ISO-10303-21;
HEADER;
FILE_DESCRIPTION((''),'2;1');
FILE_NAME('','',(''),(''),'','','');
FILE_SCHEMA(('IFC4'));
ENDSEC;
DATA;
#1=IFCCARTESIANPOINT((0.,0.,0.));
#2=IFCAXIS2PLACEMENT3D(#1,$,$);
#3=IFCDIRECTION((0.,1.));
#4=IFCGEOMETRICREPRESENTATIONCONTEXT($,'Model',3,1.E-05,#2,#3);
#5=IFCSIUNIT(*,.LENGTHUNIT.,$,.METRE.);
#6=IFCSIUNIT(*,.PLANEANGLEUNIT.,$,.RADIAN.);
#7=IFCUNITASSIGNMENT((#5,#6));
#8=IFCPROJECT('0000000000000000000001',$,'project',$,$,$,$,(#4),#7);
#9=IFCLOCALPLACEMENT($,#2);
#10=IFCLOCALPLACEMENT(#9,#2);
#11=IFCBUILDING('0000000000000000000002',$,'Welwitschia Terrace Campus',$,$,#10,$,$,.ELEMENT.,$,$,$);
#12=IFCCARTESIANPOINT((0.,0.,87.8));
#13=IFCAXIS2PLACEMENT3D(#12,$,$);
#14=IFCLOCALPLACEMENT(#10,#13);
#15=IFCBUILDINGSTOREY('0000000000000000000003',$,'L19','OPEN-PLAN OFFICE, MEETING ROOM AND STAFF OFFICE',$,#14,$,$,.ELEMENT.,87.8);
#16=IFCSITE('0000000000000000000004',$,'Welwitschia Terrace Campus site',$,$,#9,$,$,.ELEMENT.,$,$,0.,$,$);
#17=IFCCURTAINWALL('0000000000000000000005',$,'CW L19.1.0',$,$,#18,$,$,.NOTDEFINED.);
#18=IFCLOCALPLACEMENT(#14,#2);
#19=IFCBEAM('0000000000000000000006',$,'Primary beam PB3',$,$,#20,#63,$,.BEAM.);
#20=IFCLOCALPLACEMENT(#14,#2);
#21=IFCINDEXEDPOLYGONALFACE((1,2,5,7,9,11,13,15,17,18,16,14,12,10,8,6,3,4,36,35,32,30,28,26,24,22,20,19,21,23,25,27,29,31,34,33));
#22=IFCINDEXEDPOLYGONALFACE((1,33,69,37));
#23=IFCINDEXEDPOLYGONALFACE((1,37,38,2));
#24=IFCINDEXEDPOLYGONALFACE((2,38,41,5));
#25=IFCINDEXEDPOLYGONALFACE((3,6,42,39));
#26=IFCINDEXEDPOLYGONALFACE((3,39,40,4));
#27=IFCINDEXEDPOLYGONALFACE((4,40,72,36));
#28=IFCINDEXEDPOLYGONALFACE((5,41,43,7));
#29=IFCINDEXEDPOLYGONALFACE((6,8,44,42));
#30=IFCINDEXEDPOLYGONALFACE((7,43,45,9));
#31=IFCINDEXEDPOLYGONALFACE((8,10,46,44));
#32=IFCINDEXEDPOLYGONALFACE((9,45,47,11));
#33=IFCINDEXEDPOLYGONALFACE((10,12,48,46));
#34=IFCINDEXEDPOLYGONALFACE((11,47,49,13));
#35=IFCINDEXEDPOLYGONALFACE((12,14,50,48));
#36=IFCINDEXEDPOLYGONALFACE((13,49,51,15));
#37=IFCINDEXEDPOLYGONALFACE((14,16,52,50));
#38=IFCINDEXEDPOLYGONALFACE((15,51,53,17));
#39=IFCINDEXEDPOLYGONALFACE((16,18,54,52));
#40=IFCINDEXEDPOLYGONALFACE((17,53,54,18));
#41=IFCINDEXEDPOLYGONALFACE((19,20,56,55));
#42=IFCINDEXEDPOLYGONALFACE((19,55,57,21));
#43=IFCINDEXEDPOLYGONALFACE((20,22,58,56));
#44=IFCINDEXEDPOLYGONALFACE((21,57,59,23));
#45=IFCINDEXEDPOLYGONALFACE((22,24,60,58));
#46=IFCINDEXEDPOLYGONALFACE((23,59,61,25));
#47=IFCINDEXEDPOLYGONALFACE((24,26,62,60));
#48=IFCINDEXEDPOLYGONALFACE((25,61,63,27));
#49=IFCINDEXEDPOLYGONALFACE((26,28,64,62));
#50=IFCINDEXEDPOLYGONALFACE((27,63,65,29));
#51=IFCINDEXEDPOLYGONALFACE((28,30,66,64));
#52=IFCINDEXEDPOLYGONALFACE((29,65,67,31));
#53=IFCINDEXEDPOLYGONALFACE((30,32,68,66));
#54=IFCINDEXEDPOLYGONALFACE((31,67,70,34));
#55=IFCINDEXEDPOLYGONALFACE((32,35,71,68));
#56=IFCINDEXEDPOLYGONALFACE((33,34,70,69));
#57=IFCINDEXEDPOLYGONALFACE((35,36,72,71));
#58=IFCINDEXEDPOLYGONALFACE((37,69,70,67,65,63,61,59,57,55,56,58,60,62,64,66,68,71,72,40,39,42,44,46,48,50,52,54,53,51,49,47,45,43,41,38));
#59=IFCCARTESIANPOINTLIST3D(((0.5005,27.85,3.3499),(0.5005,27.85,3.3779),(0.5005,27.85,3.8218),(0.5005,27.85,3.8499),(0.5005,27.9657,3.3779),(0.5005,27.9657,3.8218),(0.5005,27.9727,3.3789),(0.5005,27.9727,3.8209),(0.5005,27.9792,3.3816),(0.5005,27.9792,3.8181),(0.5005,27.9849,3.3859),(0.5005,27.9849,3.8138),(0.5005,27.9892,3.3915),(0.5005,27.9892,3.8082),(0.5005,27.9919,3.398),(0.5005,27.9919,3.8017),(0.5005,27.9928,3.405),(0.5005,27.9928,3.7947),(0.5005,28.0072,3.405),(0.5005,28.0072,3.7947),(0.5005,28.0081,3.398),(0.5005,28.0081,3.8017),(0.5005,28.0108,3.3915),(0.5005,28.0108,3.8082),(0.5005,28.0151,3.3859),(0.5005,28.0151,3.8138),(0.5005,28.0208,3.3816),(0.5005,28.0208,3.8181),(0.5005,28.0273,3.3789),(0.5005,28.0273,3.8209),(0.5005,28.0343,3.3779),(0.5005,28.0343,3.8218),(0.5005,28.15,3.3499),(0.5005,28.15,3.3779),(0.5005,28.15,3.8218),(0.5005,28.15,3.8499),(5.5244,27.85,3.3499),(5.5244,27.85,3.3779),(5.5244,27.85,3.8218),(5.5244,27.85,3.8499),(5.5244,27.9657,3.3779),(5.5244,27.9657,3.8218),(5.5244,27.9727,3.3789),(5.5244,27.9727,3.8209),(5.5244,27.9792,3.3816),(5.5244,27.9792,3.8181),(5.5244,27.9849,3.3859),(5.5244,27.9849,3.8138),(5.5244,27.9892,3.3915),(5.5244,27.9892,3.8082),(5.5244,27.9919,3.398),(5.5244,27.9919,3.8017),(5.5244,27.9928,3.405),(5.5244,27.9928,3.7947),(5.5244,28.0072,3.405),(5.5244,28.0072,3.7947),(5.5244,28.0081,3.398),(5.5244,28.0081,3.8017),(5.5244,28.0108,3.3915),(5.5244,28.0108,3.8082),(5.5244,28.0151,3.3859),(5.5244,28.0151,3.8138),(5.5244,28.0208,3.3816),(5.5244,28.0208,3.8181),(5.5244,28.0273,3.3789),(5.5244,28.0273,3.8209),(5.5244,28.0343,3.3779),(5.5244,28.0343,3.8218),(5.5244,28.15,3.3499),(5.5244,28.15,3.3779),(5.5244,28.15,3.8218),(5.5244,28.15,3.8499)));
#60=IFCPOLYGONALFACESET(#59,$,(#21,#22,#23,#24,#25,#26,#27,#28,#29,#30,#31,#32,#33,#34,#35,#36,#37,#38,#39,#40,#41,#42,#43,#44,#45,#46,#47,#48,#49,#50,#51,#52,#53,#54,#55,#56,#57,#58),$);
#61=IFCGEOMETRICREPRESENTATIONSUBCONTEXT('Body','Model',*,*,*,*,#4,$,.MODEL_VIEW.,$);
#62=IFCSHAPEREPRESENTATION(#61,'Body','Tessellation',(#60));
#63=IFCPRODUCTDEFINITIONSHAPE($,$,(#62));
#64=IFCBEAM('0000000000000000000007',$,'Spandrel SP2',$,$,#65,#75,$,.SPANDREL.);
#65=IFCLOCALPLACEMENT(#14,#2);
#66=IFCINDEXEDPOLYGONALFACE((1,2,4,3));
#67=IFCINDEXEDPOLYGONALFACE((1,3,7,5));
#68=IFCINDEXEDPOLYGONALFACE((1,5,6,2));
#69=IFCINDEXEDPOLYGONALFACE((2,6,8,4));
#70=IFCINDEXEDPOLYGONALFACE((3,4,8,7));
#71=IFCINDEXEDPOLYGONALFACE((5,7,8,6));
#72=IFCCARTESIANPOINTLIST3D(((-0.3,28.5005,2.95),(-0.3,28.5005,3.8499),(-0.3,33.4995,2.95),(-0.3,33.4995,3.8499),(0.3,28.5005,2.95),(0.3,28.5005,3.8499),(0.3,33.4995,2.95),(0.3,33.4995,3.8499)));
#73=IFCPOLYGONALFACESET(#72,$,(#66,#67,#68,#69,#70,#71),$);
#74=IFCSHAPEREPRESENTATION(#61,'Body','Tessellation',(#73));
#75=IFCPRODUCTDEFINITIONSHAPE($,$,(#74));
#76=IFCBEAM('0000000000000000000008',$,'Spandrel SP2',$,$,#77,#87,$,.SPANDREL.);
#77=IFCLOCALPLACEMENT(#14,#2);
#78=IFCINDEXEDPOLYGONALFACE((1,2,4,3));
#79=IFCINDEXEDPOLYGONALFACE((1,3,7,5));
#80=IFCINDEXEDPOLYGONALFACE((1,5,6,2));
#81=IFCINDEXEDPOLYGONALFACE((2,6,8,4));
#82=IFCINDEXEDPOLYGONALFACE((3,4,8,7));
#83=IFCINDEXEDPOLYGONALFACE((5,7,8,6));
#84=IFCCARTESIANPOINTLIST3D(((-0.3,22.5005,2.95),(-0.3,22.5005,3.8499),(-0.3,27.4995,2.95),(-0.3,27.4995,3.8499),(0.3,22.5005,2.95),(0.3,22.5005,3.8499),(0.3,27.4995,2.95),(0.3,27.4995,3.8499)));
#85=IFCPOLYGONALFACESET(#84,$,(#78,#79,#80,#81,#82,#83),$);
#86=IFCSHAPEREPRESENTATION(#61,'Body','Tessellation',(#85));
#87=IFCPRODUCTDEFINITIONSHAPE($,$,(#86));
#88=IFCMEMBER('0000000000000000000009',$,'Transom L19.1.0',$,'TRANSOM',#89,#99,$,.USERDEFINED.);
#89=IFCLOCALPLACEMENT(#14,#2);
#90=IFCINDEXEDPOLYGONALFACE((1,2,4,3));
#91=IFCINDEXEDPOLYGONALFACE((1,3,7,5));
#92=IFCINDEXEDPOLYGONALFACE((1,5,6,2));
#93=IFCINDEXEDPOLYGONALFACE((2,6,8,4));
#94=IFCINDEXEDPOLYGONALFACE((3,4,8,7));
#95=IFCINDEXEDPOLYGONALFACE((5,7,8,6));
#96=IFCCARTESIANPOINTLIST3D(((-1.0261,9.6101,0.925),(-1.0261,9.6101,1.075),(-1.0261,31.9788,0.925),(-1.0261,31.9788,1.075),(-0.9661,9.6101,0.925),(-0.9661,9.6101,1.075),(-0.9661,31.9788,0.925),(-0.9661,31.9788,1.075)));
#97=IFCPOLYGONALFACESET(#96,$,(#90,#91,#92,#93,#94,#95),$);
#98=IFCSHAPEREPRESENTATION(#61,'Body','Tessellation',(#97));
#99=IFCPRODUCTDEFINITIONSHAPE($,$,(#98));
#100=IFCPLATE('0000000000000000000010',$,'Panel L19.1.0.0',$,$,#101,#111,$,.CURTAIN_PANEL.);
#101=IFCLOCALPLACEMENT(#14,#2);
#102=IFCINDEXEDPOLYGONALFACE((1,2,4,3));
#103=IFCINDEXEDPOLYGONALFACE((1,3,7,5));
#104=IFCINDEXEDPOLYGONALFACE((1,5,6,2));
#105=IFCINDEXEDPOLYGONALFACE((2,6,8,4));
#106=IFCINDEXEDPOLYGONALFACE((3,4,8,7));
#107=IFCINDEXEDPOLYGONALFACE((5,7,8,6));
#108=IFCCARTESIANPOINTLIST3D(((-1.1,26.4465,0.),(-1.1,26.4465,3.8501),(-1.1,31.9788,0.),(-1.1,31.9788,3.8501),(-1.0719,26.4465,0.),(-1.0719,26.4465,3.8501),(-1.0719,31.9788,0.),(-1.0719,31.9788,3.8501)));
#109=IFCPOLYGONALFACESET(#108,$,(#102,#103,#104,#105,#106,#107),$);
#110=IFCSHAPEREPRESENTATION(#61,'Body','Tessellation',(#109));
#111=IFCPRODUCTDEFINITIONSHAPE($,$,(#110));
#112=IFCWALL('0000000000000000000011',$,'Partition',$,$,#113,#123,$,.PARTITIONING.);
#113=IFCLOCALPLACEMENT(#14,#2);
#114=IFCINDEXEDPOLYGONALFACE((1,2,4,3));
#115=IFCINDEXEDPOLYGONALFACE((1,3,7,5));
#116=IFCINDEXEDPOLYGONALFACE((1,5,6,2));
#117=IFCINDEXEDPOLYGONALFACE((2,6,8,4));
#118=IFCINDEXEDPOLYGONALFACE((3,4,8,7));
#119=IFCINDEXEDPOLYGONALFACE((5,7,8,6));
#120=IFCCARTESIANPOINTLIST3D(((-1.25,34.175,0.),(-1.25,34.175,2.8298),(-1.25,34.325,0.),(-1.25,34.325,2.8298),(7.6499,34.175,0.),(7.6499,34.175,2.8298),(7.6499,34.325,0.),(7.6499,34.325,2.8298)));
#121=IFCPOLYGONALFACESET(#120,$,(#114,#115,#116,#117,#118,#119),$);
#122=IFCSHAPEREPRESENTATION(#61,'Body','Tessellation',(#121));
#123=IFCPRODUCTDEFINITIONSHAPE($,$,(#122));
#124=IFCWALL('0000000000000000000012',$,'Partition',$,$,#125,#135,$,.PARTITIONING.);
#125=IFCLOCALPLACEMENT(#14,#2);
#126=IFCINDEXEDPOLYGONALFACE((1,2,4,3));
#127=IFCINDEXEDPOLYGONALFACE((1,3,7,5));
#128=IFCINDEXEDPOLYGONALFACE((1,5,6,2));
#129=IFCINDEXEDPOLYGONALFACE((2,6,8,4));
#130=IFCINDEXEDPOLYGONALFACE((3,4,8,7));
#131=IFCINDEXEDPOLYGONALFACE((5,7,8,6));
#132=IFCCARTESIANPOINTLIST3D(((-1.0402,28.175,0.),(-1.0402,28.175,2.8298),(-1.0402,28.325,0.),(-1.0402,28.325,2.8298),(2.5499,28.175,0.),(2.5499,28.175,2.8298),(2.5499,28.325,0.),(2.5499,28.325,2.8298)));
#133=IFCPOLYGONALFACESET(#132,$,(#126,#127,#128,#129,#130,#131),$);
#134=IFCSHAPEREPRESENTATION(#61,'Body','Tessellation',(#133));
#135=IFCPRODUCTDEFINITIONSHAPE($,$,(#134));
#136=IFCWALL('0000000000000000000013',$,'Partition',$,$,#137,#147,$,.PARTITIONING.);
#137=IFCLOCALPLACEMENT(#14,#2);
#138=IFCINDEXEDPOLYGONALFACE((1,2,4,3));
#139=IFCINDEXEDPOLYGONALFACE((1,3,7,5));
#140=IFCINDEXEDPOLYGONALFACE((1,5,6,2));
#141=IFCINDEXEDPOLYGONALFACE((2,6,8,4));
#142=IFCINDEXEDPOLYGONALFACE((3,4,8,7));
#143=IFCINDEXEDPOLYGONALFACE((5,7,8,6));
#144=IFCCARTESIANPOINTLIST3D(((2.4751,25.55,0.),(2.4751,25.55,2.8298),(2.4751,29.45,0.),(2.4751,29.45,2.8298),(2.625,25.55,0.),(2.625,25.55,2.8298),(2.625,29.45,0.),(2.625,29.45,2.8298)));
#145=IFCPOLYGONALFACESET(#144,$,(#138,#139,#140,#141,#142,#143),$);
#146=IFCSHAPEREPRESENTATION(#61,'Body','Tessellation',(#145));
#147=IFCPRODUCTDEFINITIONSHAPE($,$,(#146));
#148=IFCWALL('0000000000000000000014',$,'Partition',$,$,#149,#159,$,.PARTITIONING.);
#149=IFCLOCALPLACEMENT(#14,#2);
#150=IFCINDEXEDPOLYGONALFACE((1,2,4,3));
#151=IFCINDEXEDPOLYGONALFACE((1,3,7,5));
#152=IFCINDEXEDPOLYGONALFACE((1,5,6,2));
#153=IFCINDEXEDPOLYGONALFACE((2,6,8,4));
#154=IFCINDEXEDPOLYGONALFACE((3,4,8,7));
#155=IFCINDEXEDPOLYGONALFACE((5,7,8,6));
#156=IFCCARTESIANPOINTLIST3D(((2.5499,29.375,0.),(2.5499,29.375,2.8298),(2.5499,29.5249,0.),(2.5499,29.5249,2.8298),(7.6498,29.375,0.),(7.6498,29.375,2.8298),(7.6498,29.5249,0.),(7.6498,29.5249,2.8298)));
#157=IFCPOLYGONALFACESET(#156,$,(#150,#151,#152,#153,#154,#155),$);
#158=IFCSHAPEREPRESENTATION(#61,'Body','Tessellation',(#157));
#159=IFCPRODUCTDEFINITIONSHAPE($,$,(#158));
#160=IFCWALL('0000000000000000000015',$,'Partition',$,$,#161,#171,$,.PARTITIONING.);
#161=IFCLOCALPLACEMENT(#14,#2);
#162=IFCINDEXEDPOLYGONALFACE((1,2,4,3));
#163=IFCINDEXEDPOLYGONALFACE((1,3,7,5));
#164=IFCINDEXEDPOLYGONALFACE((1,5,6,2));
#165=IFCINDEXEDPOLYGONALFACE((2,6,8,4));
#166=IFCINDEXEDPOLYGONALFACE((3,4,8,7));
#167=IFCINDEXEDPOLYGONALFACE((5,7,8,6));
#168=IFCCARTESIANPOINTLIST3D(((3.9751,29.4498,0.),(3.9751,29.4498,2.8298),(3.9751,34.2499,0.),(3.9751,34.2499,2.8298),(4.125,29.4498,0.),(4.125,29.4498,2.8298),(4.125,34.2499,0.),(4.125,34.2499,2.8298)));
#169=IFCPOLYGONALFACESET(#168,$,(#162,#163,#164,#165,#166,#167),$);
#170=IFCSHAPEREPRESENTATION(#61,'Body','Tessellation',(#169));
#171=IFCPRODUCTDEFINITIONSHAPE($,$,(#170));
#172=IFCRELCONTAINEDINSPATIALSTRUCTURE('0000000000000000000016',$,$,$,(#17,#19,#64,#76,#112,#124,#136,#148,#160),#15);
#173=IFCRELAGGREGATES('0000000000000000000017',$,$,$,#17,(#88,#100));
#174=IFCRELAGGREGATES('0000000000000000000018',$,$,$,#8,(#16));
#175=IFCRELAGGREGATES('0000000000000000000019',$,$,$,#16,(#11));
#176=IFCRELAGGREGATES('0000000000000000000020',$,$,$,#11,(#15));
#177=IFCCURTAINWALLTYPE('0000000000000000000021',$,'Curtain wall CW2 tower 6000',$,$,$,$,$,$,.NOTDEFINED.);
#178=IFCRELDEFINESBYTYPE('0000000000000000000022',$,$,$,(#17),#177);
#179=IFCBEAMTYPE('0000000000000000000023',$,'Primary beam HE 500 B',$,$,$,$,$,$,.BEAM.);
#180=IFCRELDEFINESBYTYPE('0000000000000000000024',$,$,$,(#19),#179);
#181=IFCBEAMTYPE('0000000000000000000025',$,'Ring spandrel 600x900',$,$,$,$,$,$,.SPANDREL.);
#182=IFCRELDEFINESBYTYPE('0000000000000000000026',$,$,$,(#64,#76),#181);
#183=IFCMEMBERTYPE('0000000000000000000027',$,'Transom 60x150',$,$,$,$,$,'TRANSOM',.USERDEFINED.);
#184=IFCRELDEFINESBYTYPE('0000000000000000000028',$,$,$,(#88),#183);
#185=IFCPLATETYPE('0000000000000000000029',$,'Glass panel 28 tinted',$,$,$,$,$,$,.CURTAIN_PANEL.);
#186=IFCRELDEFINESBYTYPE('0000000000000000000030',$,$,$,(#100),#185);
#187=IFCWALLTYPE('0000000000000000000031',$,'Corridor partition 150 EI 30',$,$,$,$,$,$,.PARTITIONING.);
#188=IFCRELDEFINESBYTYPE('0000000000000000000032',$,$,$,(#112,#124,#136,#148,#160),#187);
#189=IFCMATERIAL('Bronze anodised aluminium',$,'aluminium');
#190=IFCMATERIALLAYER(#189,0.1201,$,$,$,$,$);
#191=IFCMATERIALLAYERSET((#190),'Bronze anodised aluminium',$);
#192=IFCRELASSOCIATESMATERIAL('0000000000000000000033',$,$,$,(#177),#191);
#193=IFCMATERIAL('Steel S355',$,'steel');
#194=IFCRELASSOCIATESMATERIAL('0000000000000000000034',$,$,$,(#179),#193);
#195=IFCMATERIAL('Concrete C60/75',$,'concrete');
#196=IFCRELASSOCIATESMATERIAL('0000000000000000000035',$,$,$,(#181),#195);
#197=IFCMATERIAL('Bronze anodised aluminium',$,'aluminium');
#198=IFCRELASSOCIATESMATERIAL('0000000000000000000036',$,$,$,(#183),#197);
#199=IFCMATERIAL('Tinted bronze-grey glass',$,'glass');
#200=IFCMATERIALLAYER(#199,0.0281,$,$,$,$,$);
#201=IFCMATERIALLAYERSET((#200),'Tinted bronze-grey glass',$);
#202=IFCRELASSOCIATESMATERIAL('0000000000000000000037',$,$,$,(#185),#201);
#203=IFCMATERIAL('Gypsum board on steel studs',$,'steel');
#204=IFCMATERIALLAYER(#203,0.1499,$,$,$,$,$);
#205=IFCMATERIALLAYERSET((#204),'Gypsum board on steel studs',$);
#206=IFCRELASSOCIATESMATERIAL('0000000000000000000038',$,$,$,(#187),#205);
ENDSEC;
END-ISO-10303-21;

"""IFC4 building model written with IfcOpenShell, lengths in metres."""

from ifc_helpers import new_model, si_unit, direction, frame, frame_2d, origin, origin_2d, place, context, subcontext, project, spatial, rectangle, i_section, extrude, material, layer, layer_set, material_profile, profile_set, type_object, element, aggregate, save


model = new_model("IFC4")

# Units and contexts
model_context = context("Model", 3, precision=1e-05, world=origin(), true_north=direction((0.0, 1.0)))
body_context = subcontext(model_context, "Body", "Model", "MODEL_VIEW")
ifc_project = project(units=[si_unit("LENGTHUNIT", "METRE"), si_unit("PLANEANGLEUNIT", "RADIAN")], contexts=[model_context])

# Site, building, storey
site_placement = place(None, origin())
site = spatial("IfcSite", under=ifc_project, at=site_placement, Name="Welwitschia Terrace Campus site", CompositionType="ELEMENT", RefElevation=0.0)
building_placement = place(site_placement, origin())
building = spatial("IfcBuilding", under=site, at=building_placement, Name="Welwitschia Terrace Campus", CompositionType="ELEMENT")
storey_placement = place(building_placement, frame((0.0, 0.0, 87.8)))
storey = spatial("IfcBuildingStorey", under=building, at=storey_placement, Name="L19", Description="OPEN-PLAN OFFICE, MEETING ROOM AND STAFF OFFICE", CompositionType="ELEMENT", Elevation=87.8)

# Shared definitions
ifc_material_1 = material(Name="Bronze anodised aluminium", Category="aluminium")
ifc_layer_1 = layer(ifc_material_1, 0.1201)
ifc_layer_set_1 = layer_set([ifc_layer_1], Name="Bronze anodised aluminium")
curtain_wall_type = type_object("IfcCurtainWallType", Name="Curtain wall CW2 tower 6000", PredefinedType="NOTDEFINED", material=ifc_layer_set_1)

# Curtain wall
curtain_wall_1_placement = place(storey_placement, origin())
curtain_wall_1 = element("IfcCurtainWall", 1, at=curtain_wall_1_placement, inside=storey, type_object=curtain_wall_type, Name="CW L19.1.0", PredefinedType="NOTDEFINED")

# Beams
ifc_material_2 = material(Name="Steel S355", Category="steel")
ifc_material_profile_1 = material_profile(ifc_material_2, i_section(OverallWidth=0.3, OverallDepth=0.5, WebThickness=0.0144, FlangeThickness=0.0281, FilletRadius=0.0271, at=origin_2d()))
ifc_profile_set_1 = profile_set([ifc_material_profile_1], Name="Steel S355")
beam_type_1 = type_object("IfcBeamType", Name="Primary beam HE 500 B", PredefinedType="BEAM", material=ifc_profile_set_1)
beam_1_placement = place(storey_placement, frame((0.5005, 28.0, 3.5999), z_axis=(1.0, 0.0, 0.0), x_axis=(0.0, 1.0, 0.0)))
element("IfcBeam", 2, at=beam_1_placement, inside=storey, type_object=beam_type_1, Name="Primary beam PB3", PredefinedType="BEAM", context=body_context, shape_type="SweptSolid", body=[
    extrude(i_section(OverallWidth=0.3, OverallDepth=0.5, WebThickness=0.0144, FlangeThickness=0.0281, FilletRadius=0.0271, at=origin_2d()), origin(), (0.0, 0.0, 1.0), 5.0239),
])
ifc_material_3 = material(Name="Concrete C60/75", Category="concrete")
ifc_material_profile_2 = material_profile(ifc_material_3, rectangle(XDim=0.6001, YDim=0.8999, at=origin_2d()))
ifc_profile_set_2 = profile_set([ifc_material_profile_2], Name="Concrete C60/75")
beam_type_2 = type_object("IfcBeamType", Name="Ring spandrel 600x900", PredefinedType="SPANDREL", material=ifc_profile_set_2)
for number, where, z_axis, x_axis, name in (
    (3, (0.0, 33.4995, 3.3999), (0.0, -1.0, 0.0), (1.0, 0.0, 0.0), "Spandrel SP2"),
    (4, (0.0, 27.4995, 3.3999), (0.0, -1.0, 0.0), (1.0, 0.0, 0.0), "Spandrel SP2"),
):
    element("IfcBeam", number, at=place(storey_placement, frame(where, z_axis=z_axis, x_axis=x_axis)), inside=storey, type_object=beam_type_2, Name=name, PredefinedType="SPANDREL", context=body_context, shape_type="SweptSolid", body=[
        extrude(rectangle(XDim=0.6001, YDim=0.8999, at=origin_2d()), origin(), (0.0, 0.0, 1.0), 4.999),
    ])

# Member
ifc_material_4 = material(Name="Bronze anodised aluminium", Category="aluminium")
ifc_material_profile_3 = material_profile(ifc_material_4, rectangle(XDim=0.0601, YDim=0.1499, at=origin_2d()))
ifc_profile_set_3 = profile_set([ifc_material_profile_3], Name="Bronze anodised aluminium")
member_type_1 = type_object("IfcMemberType", Name="Transom 60x150", ElementType="TRANSOM", PredefinedType="USERDEFINED", material=ifc_profile_set_3)
member_1_placement = place(storey_placement, frame((-0.9961, 31.9788, 1.0), z_axis=(0.0, -1.0, 0.0), x_axis=(1.0, 0.0, 0.0)))
member_1 = element("IfcMember", 5, at=member_1_placement, type_object=member_type_1, Name="Transom L19.1.0", ObjectType="TRANSOM", PredefinedType="USERDEFINED", context=body_context, shape_type="SweptSolid", body=[
    extrude(rectangle(XDim=0.0601, YDim=0.1499, at=origin_2d()), origin(), (0.0, 0.0, 1.0), 22.3687),
])

# Plate
ifc_material_5 = material(Name="Tinted bronze-grey glass", Category="glass")
ifc_layer_2 = layer(ifc_material_5, 0.0281)
ifc_layer_set_2 = layer_set([ifc_layer_2], Name="Tinted bronze-grey glass")
plate_type = type_object("IfcPlateType", Name="Glass panel 28 tinted", PredefinedType="CURTAIN_PANEL", material=ifc_layer_set_2)
plate_placement = place(storey_placement, frame((-1.0859, 29.2126, 0.0), z_axis=(0.0, 0.0, 1.0), x_axis=(0.0, -1.0, 0.0)))
plate = element("IfcPlate", 6, at=plate_placement, type_object=plate_type, Name="Panel L19.1.0.0", PredefinedType="CURTAIN_PANEL", context=body_context, shape_type="SweptSolid", body=[
    extrude(rectangle(XDim=5.5322, YDim=0.0281, at=origin_2d()), origin(), (0.0, 0.0, 1.0), 3.8501),
])
aggregate(curtain_wall_1, [member_1, plate])

# Walls
ifc_material_6 = material(Name="Gypsum board on steel studs", Category="steel")
ifc_layer_3 = layer(ifc_material_6, 0.1499)
ifc_layer_set_3 = layer_set([ifc_layer_3], Name="Gypsum board on steel studs")
wall_type = type_object("IfcWallType", Name="Corridor partition 150 EI 30", PredefinedType="PARTITIONING", material=ifc_layer_set_3)
wall_1_placement = place(storey_placement, frame((-1.25, 34.25, 0.0), z_axis=(0.0, 0.0, 1.0), x_axis=(1.0, 0.0, 0.0)))
element("IfcWall", 7, at=wall_1_placement, inside=storey, type_object=wall_type, Name="Partition", PredefinedType="PARTITIONING", context=body_context, shape_type="SweptSolid", body=[
    extrude(rectangle(XDim=8.8999, YDim=0.1499, at=frame_2d((4.45, 0.0))), origin(), (0.0, 0.0, 1.0), 2.8298),
])
wall_2_placement = place(storey_placement, frame((-1.04, 28.25, 0.0), z_axis=(0.0, 0.0, 1.0), x_axis=(1.0, 0.0, 0.0)))
element("IfcWall", 8, at=wall_2_placement, inside=storey, type_object=wall_type, Name="Partition", PredefinedType="PARTITIONING", context=body_context, shape_type="SweptSolid", body=[
    extrude(rectangle(XDim=3.5901, YDim=0.1499, at=frame_2d((1.7949, 0.0))), origin(), (0.0, 0.0, 1.0), 2.8298),
])
wall_3_placement = place(storey_placement, frame((2.55, 25.55, 0.0), z_axis=(0.0, 0.0, 1.0), x_axis=(0.0, 1.0, 0.0)))
element("IfcWall", 9, at=wall_3_placement, inside=storey, type_object=wall_type, Name="Partition", PredefinedType="PARTITIONING", context=body_context, shape_type="SweptSolid", body=[
    extrude(rectangle(XDim=3.8999, YDim=0.1499, at=frame_2d((1.95, 0.0))), origin(), (0.0, 0.0, 1.0), 2.8298),
])
wall_4_placement = place(storey_placement, frame((2.55, 29.45, 0.0), z_axis=(0.0, 0.0, 1.0), x_axis=(1.0, 0.0, 0.0)))
element("IfcWall", 10, at=wall_4_placement, inside=storey, type_object=wall_type, Name="Partition", PredefinedType="PARTITIONING", context=body_context, shape_type="SweptSolid", body=[
    extrude(rectangle(XDim=5.0999, YDim=0.1499, at=frame_2d((2.5498, 0.0))), origin(), (0.0, 0.0, 1.0), 2.8298),
])
wall_5_placement = place(storey_placement, frame((4.05, 29.45, 0.0), z_axis=(0.0, 0.0, 1.0), x_axis=(0.0, 1.0, 0.0)))
element("IfcWall", 11, at=wall_5_placement, inside=storey, type_object=wall_type, Name="Partition", PredefinedType="PARTITIONING", context=body_context, shape_type="SweptSolid", body=[
    extrude(rectangle(XDim=4.8, YDim=0.1499, at=frame_2d((2.3999, 0.0))), origin(), (0.0, 0.0, 1.0), 2.8298),
])

save(model, "model.ifc")
